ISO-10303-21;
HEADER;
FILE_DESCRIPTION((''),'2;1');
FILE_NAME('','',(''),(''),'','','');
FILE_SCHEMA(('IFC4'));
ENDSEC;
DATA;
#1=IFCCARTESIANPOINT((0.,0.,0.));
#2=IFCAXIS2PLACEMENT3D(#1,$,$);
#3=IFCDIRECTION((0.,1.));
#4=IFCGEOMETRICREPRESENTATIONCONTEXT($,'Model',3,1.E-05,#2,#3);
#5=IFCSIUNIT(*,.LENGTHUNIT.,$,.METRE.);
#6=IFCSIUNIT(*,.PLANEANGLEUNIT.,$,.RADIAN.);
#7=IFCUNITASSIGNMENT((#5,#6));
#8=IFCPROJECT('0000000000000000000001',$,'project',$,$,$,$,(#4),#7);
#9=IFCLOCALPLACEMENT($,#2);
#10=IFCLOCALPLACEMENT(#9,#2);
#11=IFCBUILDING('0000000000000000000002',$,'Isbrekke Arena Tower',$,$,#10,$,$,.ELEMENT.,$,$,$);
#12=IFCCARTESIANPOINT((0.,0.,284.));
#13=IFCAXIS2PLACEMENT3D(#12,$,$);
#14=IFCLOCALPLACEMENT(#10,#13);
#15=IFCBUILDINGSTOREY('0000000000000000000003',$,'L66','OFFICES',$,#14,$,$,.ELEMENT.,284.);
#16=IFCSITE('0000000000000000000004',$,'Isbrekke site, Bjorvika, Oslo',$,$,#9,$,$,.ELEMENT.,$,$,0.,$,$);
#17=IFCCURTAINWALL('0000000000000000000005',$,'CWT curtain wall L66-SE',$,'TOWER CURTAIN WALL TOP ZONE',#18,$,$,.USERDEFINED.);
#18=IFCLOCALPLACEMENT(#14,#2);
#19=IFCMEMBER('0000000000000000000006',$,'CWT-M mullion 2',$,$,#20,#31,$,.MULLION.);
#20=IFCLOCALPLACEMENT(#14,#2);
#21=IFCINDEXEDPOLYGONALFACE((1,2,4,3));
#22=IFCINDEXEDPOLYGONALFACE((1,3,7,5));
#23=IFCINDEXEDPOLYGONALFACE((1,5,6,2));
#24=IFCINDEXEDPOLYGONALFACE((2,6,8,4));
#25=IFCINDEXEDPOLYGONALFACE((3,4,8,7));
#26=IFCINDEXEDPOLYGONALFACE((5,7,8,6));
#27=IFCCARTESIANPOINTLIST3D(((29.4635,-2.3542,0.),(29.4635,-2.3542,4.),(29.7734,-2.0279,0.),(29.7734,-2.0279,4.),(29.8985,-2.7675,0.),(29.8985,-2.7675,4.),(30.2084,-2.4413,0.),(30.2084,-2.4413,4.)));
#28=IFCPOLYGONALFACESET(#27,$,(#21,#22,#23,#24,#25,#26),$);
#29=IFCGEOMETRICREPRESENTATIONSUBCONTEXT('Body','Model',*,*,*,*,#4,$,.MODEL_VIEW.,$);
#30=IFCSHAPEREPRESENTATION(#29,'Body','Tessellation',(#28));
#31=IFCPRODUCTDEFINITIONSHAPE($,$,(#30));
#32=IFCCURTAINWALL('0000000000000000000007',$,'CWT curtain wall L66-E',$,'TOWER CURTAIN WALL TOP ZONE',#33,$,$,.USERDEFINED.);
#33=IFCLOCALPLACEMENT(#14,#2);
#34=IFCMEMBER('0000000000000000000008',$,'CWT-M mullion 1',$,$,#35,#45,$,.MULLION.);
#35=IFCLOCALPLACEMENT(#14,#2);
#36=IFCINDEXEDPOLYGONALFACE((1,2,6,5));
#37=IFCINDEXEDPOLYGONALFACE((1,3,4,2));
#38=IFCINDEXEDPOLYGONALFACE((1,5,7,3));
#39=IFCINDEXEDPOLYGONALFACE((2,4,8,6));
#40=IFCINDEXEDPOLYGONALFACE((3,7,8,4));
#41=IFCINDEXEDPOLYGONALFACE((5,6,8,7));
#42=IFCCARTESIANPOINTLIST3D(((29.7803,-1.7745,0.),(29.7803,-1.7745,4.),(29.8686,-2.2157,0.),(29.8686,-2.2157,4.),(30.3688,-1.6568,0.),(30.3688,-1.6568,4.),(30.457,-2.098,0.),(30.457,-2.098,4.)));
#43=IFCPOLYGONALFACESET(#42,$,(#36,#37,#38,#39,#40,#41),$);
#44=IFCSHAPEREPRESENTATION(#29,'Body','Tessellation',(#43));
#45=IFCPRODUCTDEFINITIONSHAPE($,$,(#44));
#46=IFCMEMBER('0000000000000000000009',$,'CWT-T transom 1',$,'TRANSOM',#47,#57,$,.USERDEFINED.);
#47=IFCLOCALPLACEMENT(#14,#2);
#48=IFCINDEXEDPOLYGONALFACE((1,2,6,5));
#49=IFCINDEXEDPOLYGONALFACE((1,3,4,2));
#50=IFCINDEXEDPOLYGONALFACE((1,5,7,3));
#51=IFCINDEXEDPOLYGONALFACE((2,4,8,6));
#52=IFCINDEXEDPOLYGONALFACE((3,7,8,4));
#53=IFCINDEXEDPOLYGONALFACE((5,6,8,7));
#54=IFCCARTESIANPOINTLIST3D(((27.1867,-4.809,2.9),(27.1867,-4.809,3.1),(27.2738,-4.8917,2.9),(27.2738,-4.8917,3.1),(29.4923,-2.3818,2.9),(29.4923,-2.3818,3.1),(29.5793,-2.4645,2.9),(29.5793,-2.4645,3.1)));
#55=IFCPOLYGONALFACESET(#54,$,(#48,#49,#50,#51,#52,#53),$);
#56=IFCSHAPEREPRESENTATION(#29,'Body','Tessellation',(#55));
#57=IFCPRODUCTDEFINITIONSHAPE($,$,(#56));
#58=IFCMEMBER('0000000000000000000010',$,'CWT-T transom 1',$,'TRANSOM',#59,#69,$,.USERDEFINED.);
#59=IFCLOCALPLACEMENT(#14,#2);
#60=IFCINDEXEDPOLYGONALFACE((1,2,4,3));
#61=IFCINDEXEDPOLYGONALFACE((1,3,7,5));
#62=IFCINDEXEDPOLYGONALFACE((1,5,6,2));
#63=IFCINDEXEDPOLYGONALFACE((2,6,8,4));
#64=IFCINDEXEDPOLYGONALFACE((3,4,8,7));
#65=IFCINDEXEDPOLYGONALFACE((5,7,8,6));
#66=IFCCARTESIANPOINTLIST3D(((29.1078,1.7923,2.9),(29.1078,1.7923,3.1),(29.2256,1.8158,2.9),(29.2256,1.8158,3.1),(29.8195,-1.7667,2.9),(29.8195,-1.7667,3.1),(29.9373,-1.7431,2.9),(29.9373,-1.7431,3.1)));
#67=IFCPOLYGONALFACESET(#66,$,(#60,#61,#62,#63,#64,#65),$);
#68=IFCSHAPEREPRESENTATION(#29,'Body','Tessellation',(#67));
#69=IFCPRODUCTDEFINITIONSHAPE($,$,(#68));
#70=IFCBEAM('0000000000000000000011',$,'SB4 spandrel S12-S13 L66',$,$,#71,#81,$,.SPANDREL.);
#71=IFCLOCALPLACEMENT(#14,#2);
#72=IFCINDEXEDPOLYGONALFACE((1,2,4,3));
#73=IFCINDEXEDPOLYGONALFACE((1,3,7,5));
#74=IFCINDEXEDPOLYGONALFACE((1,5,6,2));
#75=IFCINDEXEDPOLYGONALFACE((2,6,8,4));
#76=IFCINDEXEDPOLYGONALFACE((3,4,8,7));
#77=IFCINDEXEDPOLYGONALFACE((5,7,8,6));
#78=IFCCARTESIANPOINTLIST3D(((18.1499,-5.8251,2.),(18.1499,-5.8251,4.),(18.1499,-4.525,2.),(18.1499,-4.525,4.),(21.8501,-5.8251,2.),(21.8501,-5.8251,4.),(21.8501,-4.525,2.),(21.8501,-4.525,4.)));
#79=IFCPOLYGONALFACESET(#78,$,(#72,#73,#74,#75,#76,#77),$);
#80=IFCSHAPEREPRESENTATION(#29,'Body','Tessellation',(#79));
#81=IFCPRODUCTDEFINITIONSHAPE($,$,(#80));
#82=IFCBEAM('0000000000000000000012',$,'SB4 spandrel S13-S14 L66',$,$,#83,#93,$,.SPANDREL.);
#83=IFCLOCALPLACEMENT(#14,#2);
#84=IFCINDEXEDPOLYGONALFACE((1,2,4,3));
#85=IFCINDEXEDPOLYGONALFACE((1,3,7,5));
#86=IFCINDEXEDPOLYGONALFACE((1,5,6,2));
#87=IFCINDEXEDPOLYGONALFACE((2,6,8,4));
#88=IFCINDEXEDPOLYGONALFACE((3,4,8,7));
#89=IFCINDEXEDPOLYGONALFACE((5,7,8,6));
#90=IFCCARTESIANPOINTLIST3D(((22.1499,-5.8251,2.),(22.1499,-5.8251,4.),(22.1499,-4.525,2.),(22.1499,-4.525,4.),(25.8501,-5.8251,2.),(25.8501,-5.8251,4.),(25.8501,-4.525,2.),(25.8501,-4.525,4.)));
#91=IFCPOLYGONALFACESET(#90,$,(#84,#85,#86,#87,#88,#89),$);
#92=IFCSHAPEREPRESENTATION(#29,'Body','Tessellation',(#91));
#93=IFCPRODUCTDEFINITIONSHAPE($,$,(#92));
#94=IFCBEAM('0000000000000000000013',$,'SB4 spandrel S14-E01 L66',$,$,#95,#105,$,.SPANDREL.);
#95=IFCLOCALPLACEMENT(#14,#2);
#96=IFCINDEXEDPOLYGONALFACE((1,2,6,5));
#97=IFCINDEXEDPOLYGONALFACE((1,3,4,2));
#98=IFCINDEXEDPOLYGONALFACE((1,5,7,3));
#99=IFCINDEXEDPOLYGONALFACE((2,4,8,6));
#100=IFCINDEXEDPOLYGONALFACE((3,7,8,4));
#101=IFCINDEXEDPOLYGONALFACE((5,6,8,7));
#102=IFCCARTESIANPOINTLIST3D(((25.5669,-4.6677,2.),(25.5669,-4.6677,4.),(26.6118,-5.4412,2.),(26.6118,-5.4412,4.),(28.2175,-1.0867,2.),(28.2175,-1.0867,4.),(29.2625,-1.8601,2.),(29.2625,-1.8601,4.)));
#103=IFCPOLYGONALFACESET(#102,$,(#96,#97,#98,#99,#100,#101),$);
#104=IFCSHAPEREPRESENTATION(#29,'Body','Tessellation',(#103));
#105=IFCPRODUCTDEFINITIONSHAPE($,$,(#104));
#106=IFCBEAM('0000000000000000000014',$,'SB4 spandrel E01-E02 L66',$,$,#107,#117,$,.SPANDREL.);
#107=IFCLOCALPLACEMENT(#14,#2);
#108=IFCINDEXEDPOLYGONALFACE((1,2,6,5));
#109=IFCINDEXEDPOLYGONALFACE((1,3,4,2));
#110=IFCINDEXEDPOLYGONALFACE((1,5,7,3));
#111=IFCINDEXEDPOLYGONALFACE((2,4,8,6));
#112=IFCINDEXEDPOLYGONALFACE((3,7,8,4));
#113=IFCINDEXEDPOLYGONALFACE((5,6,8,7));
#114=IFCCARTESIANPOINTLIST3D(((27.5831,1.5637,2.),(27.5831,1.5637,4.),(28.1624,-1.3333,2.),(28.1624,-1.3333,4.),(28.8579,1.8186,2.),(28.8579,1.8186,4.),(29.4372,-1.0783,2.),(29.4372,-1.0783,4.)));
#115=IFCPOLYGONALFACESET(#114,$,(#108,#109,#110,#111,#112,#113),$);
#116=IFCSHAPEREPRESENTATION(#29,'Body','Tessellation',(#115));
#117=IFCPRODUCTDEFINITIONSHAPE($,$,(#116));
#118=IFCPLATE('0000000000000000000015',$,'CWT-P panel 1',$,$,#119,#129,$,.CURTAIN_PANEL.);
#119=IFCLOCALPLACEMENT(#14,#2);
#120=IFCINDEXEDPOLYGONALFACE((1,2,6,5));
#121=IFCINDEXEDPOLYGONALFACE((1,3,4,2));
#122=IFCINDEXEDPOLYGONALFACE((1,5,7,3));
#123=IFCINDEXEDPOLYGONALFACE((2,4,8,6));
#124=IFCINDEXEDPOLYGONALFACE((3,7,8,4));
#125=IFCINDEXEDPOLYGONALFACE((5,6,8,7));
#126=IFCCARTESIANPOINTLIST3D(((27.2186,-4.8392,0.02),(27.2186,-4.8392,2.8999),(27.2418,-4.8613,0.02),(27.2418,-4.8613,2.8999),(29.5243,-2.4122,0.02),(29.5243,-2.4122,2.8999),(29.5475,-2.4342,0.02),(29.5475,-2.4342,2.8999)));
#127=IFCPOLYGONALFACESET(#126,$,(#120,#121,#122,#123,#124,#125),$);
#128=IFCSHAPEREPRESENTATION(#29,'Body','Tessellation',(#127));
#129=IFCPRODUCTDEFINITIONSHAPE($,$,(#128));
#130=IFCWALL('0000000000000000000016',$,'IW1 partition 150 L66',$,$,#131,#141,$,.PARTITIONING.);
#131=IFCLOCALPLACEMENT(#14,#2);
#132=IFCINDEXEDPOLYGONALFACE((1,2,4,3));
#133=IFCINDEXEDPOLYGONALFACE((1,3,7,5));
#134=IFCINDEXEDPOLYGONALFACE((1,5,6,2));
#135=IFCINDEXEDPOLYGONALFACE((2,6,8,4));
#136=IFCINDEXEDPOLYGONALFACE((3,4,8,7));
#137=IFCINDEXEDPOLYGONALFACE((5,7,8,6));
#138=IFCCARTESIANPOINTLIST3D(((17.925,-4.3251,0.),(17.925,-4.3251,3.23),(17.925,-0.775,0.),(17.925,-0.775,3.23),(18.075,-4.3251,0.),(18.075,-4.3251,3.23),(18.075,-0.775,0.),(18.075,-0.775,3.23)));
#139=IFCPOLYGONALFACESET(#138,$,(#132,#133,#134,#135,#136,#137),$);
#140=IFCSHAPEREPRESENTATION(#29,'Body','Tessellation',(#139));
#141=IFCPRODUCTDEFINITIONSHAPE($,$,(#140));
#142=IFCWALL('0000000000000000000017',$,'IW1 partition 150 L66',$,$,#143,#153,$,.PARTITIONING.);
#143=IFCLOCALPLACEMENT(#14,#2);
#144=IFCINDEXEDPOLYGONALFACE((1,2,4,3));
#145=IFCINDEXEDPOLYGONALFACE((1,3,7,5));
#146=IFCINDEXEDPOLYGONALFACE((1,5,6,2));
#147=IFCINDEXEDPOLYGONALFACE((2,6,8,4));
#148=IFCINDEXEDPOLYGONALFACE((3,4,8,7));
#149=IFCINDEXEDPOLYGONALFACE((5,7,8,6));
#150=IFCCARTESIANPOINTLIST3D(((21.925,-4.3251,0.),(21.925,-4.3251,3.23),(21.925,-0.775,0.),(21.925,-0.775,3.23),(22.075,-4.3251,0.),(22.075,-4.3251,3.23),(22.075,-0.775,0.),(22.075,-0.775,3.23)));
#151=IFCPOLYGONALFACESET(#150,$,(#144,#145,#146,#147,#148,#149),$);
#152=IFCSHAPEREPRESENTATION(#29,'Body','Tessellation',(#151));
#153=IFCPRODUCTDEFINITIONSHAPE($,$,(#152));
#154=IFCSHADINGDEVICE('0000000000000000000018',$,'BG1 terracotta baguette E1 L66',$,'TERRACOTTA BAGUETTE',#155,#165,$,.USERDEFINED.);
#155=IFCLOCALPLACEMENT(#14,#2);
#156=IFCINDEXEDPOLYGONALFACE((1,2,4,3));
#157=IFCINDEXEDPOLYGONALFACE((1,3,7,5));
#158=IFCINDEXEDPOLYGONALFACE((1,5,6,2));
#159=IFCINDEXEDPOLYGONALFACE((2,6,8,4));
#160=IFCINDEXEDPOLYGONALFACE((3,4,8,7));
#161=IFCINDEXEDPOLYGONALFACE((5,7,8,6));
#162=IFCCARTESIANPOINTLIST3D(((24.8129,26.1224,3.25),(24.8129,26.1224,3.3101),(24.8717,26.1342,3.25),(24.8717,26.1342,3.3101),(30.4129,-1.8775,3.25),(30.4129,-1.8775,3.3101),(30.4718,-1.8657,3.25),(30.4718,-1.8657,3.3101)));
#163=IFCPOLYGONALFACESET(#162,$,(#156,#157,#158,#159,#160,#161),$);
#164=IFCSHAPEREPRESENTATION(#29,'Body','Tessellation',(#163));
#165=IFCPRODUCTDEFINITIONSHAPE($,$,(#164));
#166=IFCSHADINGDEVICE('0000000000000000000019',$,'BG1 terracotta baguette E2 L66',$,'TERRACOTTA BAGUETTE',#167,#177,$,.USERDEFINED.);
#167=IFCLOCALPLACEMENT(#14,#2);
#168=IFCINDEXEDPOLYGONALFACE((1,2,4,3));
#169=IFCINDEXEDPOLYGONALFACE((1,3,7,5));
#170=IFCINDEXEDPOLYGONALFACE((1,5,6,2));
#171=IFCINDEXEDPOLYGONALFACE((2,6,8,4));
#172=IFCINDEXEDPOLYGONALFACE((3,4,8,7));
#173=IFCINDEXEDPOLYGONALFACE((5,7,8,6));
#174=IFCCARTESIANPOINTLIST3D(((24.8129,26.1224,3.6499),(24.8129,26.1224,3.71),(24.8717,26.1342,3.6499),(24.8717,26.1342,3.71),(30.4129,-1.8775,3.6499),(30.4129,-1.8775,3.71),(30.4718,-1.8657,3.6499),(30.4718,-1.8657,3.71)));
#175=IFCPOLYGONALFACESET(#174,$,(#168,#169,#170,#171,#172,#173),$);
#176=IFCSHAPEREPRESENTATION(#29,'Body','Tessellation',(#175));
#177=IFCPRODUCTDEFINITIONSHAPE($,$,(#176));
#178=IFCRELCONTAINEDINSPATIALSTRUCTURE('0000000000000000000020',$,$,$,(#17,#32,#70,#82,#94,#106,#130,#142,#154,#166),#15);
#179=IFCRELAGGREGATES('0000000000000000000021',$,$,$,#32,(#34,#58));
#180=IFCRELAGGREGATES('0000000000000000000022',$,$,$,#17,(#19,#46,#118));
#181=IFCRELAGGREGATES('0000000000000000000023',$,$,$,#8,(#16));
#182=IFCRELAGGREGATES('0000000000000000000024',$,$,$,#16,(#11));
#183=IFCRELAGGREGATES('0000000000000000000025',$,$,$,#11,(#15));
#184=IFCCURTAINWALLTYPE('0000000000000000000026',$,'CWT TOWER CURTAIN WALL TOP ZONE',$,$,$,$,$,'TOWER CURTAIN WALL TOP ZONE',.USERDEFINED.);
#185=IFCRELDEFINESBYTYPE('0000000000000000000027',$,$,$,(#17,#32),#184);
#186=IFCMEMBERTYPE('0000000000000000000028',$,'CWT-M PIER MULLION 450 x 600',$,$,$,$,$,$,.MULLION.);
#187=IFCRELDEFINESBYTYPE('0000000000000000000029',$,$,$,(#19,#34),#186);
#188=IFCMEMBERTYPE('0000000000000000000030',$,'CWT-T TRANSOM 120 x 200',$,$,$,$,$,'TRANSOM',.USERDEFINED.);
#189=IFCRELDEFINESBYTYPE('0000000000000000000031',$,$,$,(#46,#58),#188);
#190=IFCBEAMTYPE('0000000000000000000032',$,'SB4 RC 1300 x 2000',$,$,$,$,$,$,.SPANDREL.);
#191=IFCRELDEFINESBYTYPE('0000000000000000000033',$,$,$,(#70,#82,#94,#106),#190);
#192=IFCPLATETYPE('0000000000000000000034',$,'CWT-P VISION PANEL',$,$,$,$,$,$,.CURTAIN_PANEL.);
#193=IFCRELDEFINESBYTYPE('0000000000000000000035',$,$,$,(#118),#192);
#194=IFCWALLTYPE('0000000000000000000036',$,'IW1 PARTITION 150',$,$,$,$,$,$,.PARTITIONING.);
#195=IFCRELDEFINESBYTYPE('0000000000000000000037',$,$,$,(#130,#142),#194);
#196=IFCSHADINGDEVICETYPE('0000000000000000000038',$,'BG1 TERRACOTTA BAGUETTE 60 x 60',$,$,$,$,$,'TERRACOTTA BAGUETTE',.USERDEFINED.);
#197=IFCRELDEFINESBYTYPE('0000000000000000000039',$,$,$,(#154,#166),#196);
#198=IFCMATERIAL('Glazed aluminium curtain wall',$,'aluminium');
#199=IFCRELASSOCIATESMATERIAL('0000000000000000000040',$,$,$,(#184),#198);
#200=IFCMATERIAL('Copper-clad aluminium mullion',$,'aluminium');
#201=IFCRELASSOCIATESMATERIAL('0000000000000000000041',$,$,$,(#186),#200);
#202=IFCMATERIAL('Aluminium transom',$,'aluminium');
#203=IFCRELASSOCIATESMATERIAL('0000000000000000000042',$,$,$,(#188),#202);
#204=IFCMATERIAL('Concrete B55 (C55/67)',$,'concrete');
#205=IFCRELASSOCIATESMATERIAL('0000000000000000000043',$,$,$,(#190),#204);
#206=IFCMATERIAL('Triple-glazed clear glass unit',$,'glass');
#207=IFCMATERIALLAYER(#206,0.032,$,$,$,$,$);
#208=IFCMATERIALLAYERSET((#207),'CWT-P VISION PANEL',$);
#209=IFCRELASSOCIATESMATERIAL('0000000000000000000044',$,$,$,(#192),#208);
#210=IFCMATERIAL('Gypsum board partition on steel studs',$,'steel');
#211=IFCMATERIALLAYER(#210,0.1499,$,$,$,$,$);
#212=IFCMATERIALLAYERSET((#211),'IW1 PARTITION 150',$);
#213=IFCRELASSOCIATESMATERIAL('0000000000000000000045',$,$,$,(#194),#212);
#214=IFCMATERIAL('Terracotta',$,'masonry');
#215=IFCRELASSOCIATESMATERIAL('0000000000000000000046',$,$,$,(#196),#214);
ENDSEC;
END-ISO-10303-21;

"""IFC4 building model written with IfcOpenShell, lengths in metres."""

from ifc_helpers import new_model, si_unit, direction, frame, frame_2d, origin, origin_2d, place, context, subcontext, project, spatial, rectangle, extrude, material, layer, layer_set, material_profile, profile_set, type_object, element, aggregate, save


model = new_model("IFC4")

# Units and contexts
model_context = context("Model", 3, precision=1e-05, world=origin(), true_north=direction((0.0, 1.0)))
body_context = subcontext(model_context, "Body", "Model", "MODEL_VIEW")
ifc_project = project(units=[si_unit("LENGTHUNIT", "METRE"), si_unit("PLANEANGLEUNIT", "RADIAN")], contexts=[model_context])

# Site, building, storey
site_placement = place(None, origin())
site = spatial("IfcSite", under=ifc_project, at=site_placement, Name="Isbrekke site, Bjorvika, Oslo", CompositionType="ELEMENT", RefElevation=0.0)
building_placement = place(site_placement, origin())
building = spatial("IfcBuilding", under=site, at=building_placement, Name="Isbrekke Arena Tower", CompositionType="ELEMENT")
storey_placement = place(building_placement, frame((0.0, 0.0, 284.0)))
storey = spatial("IfcBuildingStorey", under=building, at=storey_placement, Name="L66", Description="OFFICES", CompositionType="ELEMENT", Elevation=284.0)

# Curtain wall, member
ifc_material_1 = material(Name="Glazed aluminium curtain wall", Category="aluminium")
curtain_wall_type = type_object("IfcCurtainWallType", Name="CWT TOWER CURTAIN WALL TOP ZONE", ElementType="TOWER CURTAIN WALL TOP ZONE", PredefinedType="USERDEFINED", material=ifc_material_1)
curtain_wall_1_placement = place(storey_placement, origin())
curtain_wall_1 = element("IfcCurtainWall", 1, at=curtain_wall_1_placement, inside=storey, type_object=curtain_wall_type, Name="CWT curtain wall L66-SE", ObjectType="TOWER CURTAIN WALL TOP ZONE", PredefinedType="USERDEFINED")
ifc_material_2 = material(Name="Copper-clad aluminium mullion", Category="aluminium")
ifc_material_profile_1 = material_profile(ifc_material_2, rectangle(XDim=0.45, YDim=0.6001, at=origin_2d()), Name="PIER 450X600")
ifc_profile_set_1 = profile_set([ifc_material_profile_1], Name="Copper-clad aluminium mullion")
member_type_1 = type_object("IfcMemberType", Name="CWT-M PIER MULLION 450 x 600", PredefinedType="MULLION", material=ifc_profile_set_1)
member_1_placement = place(storey_placement, frame((29.8359, -2.3977, 0.0), z_axis=(0.0, 0.0, 1.0), x_axis=(0.688749, 0.724999, 0.0)))
member_1 = element("IfcMember", 2, at=member_1_placement, type_object=member_type_1, Name="CWT-M mullion 2", PredefinedType="MULLION", context=body_context, shape_type="SweptSolid", body=[
    extrude(rectangle(XDim=0.45, YDim=0.6001, at=origin_2d()), origin(), (0.0, 0.0, 1.0), 4.0),
])

# Curtain wall, member
curtain_wall_2_placement = place(storey_placement, origin())
curtain_wall_2 = element("IfcCurtainWall", 3, at=curtain_wall_2_placement, inside=storey, type_object=curtain_wall_type, Name="CWT curtain wall L66-E", ObjectType="TOWER CURTAIN WALL TOP ZONE", PredefinedType="USERDEFINED")
member_2_placement = place(storey_placement, frame((30.1187, -1.9363, 0.0), z_axis=(0.0, 0.0, 1.0), x_axis=(-0.196116, 0.980581, 0.0)))
member_2 = element("IfcMember", 4, at=member_2_placement, type_object=member_type_1, Name="CWT-M mullion 1", PredefinedType="MULLION", context=body_context, shape_type="SweptSolid", body=[
    extrude(rectangle(XDim=0.45, YDim=0.6001, at=origin_2d()), origin(), (0.0, 0.0, 1.0), 4.0),
])

# Members
ifc_material_3 = material(Name="Aluminium transom", Category="aluminium")
ifc_material_profile_2 = material_profile(ifc_material_3, rectangle(XDim=0.1201, YDim=0.2, at=origin_2d()), Name="TRANSOM 120X200")
ifc_profile_set_2 = profile_set([ifc_material_profile_2], Name="Aluminium transom")
member_type_2 = type_object("IfcMemberType", Name="CWT-T TRANSOM 120 x 200", ElementType="TRANSOM", PredefinedType="USERDEFINED", material=ifc_profile_set_2)
member_3_placement = place(storey_placement, frame((27.2302, -4.8503, 3.0), z_axis=(0.688715, 0.725032, 0.0), x_axis=(-0.725032, 0.688715, 0.0)))
member_3 = element("IfcMember", 5, at=member_3_placement, type_object=member_type_2, Name="CWT-T transom 1", ObjectType="TRANSOM", PredefinedType="USERDEFINED", context=body_context, shape_type="SweptSolid", body=[
    extrude(rectangle(XDim=0.1201, YDim=0.2, at=origin_2d()), origin(), (0.0, 0.0, 1.0), 3.3477),
])
member_4_placement = place(storey_placement, frame((29.8784, -1.7549, 3.0), z_axis=(-0.19609, 0.980586, 0.0), x_axis=(-0.980586, -0.19609, 0.0)))
member_4 = element("IfcMember", 6, at=member_4_placement, type_object=member_type_2, Name="CWT-T transom 1", ObjectType="TRANSOM", PredefinedType="USERDEFINED", context=body_context, shape_type="SweptSolid", body=[
    extrude(rectangle(XDim=0.1201, YDim=0.2, at=origin_2d()), origin(), (0.0, 0.0, 1.0), 3.6294),
])
aggregate(curtain_wall_2, [member_2, member_4])

# Beams
ifc_material_4 = material(Name="Concrete B55 (C55/67)", Category="concrete")
ifc_material_profile_3 = material_profile(ifc_material_4, rectangle(XDim=1.3, YDim=2.0, at=origin_2d()), Name="RC 1300x2000")
ifc_profile_set_3 = profile_set([ifc_material_profile_3], Name="Concrete B55 (C55/67)")
beam_type_1 = type_object("IfcBeamType", Name="SB4 RC 1300 x 2000", PredefinedType="SPANDREL", material=ifc_profile_set_3)
for number, where, z_axis, x_axis, name in (
    (7, (18.1499, -5.175, 3.0), (1.0, 0.0, 0.0), (0.0, 1.0, 0.0), "SB4 spandrel S12-S13 L66"),
    (8, (22.1499, -5.175, 3.0), (1.0, 0.0, 0.0), (0.0, 1.0, 0.0), "SB4 spandrel S13-S14 L66"),
):
    element("IfcBeam", number, at=place(storey_placement, frame(where, z_axis=z_axis, x_axis=x_axis)), inside=storey, type_object=beam_type_1, Name=name, PredefinedType="SPANDREL", context=body_context, shape_type="SweptSolid", body=[
        extrude(rectangle(XDim=1.3, YDim=2.0, at=origin_2d()), origin(), (0.0, 0.0, 1.0), 3.7002),
    ])
beam_1_placement = place(storey_placement, frame((26.0894, -5.0544, 3.0), z_axis=(0.594938, 0.803772, 0.0), x_axis=(-0.803772, 0.594938, 0.0)))
element("IfcBeam", 9, at=beam_1_placement, inside=storey, type_object=beam_type_1, Name="SB4 spandrel S14-E01 L66", PredefinedType="SPANDREL", context=body_context, shape_type="SweptSolid", body=[
    extrude(rectangle(XDim=1.3, YDim=2.0, at=origin_2d()), origin(), (0.0, 0.0, 1.0), 4.4553),
])
beam_2_placement = place(storey_placement, frame((28.7998, -1.2058, 3.0), z_axis=(-0.1961, 0.980584, 0.0), x_axis=(-0.980584, -0.1961, 0.0)))
element("IfcBeam", 10, at=beam_2_placement, inside=storey, type_object=beam_type_1, Name="SB4 spandrel E01-E02 L66", PredefinedType="SPANDREL", context=body_context, shape_type="SweptSolid", body=[
    extrude(rectangle(XDim=1.3, YDim=2.0, at=origin_2d()), origin(), (0.0, 0.0, 1.0), 2.9543),
])

# Plate
ifc_material_5 = material(Name="Triple-glazed clear glass unit", Category="glass")
ifc_layer_1 = layer(ifc_material_5, 0.032)
ifc_layer_set_1 = layer_set([ifc_layer_1], Name="CWT-P VISION PANEL")
plate_type = type_object("IfcPlateType", Name="CWT-P VISION PANEL", PredefinedType="CURTAIN_PANEL", material=ifc_layer_set_1)
plate_placement = place(storey_placement, frame((28.3831, -3.6367, 0.02), z_axis=(0.0, 0.0, 1.0), x_axis=(0.688749, 0.724999, 0.0)))
plate = element("IfcPlate", 11, at=plate_placement, type_object=plate_type, Name="CWT-P panel 1", PredefinedType="CURTAIN_PANEL", context=body_context, shape_type="SweptSolid", body=[
    extrude(rectangle(XDim=3.3477, YDim=0.032, at=origin_2d()), origin(), (0.0, 0.0, 1.0), 2.8799),
])
aggregate(curtain_wall_1, [member_1, member_3, plate])

# Walls
ifc_material_6 = material(Name="Gypsum board partition on steel studs", Category="steel")
ifc_layer_2 = layer(ifc_material_6, 0.1499)
ifc_layer_set_2 = layer_set([ifc_layer_2], Name="IW1 PARTITION 150")
wall_type = type_object("IfcWallType", Name="IW1 PARTITION 150", PredefinedType="PARTITIONING", material=ifc_layer_set_2)
for number, where, z_axis, x_axis, name in (
    (12, (18.0, -4.325, 0.0), (0.0, 0.0, 1.0), (0.0, 1.0, 0.0), "IW1 partition 150 L66"),
    (13, (22.0, -4.325, 0.0), (0.0, 0.0, 1.0), (0.0, 1.0, 0.0), "IW1 partition 150 L66"),
):
    element("IfcWall", number, at=place(storey_placement, frame(where, z_axis=z_axis, x_axis=x_axis)), inside=storey, type_object=wall_type, Name=name, PredefinedType="PARTITIONING", context=body_context, shape_type="SweptSolid", body=[
        extrude(rectangle(XDim=3.55, YDim=0.1499, at=frame_2d((1.7749, 0.0))), origin(), (0.0, 0.0, 1.0), 3.23),
    ])

# Shading devices
ifc_material_7 = material(Name="Terracotta", Category="masonry")
ifc_material_profile_4 = material_profile(ifc_material_7, rectangle(XDim=0.0601, YDim=0.0601, at=origin_2d()), Name="BAGUETTE 60X60")
ifc_profile_set_4 = profile_set([ifc_material_profile_4], Name="Terracotta")
shading_device_type = type_object("IfcShadingDeviceType", Name="BG1 TERRACOTTA BAGUETTE 60 x 60", ElementType="TERRACOTTA BAGUETTE", PredefinedType="USERDEFINED", material=ifc_profile_set_4)
for number, where, z_axis, x_axis, name in (
    (14, (30.4424, -1.8716, 3.28), (-0.196119, 0.98058, 0.0), (-0.98058, -0.196119, 0.0), "BG1 terracotta baguette E1 L66"),
    (15, (30.4424, -1.8716, 3.6799), (-0.196119, 0.98058, 0.0), (-0.98058, -0.196119, 0.0), "BG1 terracotta baguette E2 L66"),
):
    element("IfcShadingDevice", number, at=place(storey_placement, frame(where, z_axis=z_axis, x_axis=x_axis)), inside=storey, type_object=shading_device_type, Name=name, ObjectType="TERRACOTTA BAGUETTE", PredefinedType="USERDEFINED", context=body_context, shape_type="SweptSolid", body=[
        extrude(rectangle(XDim=0.0601, YDim=0.0601, at=origin_2d()), origin(), (0.0, 0.0, 1.0), 28.5544),
    ])

save(model, "model.ifc")
